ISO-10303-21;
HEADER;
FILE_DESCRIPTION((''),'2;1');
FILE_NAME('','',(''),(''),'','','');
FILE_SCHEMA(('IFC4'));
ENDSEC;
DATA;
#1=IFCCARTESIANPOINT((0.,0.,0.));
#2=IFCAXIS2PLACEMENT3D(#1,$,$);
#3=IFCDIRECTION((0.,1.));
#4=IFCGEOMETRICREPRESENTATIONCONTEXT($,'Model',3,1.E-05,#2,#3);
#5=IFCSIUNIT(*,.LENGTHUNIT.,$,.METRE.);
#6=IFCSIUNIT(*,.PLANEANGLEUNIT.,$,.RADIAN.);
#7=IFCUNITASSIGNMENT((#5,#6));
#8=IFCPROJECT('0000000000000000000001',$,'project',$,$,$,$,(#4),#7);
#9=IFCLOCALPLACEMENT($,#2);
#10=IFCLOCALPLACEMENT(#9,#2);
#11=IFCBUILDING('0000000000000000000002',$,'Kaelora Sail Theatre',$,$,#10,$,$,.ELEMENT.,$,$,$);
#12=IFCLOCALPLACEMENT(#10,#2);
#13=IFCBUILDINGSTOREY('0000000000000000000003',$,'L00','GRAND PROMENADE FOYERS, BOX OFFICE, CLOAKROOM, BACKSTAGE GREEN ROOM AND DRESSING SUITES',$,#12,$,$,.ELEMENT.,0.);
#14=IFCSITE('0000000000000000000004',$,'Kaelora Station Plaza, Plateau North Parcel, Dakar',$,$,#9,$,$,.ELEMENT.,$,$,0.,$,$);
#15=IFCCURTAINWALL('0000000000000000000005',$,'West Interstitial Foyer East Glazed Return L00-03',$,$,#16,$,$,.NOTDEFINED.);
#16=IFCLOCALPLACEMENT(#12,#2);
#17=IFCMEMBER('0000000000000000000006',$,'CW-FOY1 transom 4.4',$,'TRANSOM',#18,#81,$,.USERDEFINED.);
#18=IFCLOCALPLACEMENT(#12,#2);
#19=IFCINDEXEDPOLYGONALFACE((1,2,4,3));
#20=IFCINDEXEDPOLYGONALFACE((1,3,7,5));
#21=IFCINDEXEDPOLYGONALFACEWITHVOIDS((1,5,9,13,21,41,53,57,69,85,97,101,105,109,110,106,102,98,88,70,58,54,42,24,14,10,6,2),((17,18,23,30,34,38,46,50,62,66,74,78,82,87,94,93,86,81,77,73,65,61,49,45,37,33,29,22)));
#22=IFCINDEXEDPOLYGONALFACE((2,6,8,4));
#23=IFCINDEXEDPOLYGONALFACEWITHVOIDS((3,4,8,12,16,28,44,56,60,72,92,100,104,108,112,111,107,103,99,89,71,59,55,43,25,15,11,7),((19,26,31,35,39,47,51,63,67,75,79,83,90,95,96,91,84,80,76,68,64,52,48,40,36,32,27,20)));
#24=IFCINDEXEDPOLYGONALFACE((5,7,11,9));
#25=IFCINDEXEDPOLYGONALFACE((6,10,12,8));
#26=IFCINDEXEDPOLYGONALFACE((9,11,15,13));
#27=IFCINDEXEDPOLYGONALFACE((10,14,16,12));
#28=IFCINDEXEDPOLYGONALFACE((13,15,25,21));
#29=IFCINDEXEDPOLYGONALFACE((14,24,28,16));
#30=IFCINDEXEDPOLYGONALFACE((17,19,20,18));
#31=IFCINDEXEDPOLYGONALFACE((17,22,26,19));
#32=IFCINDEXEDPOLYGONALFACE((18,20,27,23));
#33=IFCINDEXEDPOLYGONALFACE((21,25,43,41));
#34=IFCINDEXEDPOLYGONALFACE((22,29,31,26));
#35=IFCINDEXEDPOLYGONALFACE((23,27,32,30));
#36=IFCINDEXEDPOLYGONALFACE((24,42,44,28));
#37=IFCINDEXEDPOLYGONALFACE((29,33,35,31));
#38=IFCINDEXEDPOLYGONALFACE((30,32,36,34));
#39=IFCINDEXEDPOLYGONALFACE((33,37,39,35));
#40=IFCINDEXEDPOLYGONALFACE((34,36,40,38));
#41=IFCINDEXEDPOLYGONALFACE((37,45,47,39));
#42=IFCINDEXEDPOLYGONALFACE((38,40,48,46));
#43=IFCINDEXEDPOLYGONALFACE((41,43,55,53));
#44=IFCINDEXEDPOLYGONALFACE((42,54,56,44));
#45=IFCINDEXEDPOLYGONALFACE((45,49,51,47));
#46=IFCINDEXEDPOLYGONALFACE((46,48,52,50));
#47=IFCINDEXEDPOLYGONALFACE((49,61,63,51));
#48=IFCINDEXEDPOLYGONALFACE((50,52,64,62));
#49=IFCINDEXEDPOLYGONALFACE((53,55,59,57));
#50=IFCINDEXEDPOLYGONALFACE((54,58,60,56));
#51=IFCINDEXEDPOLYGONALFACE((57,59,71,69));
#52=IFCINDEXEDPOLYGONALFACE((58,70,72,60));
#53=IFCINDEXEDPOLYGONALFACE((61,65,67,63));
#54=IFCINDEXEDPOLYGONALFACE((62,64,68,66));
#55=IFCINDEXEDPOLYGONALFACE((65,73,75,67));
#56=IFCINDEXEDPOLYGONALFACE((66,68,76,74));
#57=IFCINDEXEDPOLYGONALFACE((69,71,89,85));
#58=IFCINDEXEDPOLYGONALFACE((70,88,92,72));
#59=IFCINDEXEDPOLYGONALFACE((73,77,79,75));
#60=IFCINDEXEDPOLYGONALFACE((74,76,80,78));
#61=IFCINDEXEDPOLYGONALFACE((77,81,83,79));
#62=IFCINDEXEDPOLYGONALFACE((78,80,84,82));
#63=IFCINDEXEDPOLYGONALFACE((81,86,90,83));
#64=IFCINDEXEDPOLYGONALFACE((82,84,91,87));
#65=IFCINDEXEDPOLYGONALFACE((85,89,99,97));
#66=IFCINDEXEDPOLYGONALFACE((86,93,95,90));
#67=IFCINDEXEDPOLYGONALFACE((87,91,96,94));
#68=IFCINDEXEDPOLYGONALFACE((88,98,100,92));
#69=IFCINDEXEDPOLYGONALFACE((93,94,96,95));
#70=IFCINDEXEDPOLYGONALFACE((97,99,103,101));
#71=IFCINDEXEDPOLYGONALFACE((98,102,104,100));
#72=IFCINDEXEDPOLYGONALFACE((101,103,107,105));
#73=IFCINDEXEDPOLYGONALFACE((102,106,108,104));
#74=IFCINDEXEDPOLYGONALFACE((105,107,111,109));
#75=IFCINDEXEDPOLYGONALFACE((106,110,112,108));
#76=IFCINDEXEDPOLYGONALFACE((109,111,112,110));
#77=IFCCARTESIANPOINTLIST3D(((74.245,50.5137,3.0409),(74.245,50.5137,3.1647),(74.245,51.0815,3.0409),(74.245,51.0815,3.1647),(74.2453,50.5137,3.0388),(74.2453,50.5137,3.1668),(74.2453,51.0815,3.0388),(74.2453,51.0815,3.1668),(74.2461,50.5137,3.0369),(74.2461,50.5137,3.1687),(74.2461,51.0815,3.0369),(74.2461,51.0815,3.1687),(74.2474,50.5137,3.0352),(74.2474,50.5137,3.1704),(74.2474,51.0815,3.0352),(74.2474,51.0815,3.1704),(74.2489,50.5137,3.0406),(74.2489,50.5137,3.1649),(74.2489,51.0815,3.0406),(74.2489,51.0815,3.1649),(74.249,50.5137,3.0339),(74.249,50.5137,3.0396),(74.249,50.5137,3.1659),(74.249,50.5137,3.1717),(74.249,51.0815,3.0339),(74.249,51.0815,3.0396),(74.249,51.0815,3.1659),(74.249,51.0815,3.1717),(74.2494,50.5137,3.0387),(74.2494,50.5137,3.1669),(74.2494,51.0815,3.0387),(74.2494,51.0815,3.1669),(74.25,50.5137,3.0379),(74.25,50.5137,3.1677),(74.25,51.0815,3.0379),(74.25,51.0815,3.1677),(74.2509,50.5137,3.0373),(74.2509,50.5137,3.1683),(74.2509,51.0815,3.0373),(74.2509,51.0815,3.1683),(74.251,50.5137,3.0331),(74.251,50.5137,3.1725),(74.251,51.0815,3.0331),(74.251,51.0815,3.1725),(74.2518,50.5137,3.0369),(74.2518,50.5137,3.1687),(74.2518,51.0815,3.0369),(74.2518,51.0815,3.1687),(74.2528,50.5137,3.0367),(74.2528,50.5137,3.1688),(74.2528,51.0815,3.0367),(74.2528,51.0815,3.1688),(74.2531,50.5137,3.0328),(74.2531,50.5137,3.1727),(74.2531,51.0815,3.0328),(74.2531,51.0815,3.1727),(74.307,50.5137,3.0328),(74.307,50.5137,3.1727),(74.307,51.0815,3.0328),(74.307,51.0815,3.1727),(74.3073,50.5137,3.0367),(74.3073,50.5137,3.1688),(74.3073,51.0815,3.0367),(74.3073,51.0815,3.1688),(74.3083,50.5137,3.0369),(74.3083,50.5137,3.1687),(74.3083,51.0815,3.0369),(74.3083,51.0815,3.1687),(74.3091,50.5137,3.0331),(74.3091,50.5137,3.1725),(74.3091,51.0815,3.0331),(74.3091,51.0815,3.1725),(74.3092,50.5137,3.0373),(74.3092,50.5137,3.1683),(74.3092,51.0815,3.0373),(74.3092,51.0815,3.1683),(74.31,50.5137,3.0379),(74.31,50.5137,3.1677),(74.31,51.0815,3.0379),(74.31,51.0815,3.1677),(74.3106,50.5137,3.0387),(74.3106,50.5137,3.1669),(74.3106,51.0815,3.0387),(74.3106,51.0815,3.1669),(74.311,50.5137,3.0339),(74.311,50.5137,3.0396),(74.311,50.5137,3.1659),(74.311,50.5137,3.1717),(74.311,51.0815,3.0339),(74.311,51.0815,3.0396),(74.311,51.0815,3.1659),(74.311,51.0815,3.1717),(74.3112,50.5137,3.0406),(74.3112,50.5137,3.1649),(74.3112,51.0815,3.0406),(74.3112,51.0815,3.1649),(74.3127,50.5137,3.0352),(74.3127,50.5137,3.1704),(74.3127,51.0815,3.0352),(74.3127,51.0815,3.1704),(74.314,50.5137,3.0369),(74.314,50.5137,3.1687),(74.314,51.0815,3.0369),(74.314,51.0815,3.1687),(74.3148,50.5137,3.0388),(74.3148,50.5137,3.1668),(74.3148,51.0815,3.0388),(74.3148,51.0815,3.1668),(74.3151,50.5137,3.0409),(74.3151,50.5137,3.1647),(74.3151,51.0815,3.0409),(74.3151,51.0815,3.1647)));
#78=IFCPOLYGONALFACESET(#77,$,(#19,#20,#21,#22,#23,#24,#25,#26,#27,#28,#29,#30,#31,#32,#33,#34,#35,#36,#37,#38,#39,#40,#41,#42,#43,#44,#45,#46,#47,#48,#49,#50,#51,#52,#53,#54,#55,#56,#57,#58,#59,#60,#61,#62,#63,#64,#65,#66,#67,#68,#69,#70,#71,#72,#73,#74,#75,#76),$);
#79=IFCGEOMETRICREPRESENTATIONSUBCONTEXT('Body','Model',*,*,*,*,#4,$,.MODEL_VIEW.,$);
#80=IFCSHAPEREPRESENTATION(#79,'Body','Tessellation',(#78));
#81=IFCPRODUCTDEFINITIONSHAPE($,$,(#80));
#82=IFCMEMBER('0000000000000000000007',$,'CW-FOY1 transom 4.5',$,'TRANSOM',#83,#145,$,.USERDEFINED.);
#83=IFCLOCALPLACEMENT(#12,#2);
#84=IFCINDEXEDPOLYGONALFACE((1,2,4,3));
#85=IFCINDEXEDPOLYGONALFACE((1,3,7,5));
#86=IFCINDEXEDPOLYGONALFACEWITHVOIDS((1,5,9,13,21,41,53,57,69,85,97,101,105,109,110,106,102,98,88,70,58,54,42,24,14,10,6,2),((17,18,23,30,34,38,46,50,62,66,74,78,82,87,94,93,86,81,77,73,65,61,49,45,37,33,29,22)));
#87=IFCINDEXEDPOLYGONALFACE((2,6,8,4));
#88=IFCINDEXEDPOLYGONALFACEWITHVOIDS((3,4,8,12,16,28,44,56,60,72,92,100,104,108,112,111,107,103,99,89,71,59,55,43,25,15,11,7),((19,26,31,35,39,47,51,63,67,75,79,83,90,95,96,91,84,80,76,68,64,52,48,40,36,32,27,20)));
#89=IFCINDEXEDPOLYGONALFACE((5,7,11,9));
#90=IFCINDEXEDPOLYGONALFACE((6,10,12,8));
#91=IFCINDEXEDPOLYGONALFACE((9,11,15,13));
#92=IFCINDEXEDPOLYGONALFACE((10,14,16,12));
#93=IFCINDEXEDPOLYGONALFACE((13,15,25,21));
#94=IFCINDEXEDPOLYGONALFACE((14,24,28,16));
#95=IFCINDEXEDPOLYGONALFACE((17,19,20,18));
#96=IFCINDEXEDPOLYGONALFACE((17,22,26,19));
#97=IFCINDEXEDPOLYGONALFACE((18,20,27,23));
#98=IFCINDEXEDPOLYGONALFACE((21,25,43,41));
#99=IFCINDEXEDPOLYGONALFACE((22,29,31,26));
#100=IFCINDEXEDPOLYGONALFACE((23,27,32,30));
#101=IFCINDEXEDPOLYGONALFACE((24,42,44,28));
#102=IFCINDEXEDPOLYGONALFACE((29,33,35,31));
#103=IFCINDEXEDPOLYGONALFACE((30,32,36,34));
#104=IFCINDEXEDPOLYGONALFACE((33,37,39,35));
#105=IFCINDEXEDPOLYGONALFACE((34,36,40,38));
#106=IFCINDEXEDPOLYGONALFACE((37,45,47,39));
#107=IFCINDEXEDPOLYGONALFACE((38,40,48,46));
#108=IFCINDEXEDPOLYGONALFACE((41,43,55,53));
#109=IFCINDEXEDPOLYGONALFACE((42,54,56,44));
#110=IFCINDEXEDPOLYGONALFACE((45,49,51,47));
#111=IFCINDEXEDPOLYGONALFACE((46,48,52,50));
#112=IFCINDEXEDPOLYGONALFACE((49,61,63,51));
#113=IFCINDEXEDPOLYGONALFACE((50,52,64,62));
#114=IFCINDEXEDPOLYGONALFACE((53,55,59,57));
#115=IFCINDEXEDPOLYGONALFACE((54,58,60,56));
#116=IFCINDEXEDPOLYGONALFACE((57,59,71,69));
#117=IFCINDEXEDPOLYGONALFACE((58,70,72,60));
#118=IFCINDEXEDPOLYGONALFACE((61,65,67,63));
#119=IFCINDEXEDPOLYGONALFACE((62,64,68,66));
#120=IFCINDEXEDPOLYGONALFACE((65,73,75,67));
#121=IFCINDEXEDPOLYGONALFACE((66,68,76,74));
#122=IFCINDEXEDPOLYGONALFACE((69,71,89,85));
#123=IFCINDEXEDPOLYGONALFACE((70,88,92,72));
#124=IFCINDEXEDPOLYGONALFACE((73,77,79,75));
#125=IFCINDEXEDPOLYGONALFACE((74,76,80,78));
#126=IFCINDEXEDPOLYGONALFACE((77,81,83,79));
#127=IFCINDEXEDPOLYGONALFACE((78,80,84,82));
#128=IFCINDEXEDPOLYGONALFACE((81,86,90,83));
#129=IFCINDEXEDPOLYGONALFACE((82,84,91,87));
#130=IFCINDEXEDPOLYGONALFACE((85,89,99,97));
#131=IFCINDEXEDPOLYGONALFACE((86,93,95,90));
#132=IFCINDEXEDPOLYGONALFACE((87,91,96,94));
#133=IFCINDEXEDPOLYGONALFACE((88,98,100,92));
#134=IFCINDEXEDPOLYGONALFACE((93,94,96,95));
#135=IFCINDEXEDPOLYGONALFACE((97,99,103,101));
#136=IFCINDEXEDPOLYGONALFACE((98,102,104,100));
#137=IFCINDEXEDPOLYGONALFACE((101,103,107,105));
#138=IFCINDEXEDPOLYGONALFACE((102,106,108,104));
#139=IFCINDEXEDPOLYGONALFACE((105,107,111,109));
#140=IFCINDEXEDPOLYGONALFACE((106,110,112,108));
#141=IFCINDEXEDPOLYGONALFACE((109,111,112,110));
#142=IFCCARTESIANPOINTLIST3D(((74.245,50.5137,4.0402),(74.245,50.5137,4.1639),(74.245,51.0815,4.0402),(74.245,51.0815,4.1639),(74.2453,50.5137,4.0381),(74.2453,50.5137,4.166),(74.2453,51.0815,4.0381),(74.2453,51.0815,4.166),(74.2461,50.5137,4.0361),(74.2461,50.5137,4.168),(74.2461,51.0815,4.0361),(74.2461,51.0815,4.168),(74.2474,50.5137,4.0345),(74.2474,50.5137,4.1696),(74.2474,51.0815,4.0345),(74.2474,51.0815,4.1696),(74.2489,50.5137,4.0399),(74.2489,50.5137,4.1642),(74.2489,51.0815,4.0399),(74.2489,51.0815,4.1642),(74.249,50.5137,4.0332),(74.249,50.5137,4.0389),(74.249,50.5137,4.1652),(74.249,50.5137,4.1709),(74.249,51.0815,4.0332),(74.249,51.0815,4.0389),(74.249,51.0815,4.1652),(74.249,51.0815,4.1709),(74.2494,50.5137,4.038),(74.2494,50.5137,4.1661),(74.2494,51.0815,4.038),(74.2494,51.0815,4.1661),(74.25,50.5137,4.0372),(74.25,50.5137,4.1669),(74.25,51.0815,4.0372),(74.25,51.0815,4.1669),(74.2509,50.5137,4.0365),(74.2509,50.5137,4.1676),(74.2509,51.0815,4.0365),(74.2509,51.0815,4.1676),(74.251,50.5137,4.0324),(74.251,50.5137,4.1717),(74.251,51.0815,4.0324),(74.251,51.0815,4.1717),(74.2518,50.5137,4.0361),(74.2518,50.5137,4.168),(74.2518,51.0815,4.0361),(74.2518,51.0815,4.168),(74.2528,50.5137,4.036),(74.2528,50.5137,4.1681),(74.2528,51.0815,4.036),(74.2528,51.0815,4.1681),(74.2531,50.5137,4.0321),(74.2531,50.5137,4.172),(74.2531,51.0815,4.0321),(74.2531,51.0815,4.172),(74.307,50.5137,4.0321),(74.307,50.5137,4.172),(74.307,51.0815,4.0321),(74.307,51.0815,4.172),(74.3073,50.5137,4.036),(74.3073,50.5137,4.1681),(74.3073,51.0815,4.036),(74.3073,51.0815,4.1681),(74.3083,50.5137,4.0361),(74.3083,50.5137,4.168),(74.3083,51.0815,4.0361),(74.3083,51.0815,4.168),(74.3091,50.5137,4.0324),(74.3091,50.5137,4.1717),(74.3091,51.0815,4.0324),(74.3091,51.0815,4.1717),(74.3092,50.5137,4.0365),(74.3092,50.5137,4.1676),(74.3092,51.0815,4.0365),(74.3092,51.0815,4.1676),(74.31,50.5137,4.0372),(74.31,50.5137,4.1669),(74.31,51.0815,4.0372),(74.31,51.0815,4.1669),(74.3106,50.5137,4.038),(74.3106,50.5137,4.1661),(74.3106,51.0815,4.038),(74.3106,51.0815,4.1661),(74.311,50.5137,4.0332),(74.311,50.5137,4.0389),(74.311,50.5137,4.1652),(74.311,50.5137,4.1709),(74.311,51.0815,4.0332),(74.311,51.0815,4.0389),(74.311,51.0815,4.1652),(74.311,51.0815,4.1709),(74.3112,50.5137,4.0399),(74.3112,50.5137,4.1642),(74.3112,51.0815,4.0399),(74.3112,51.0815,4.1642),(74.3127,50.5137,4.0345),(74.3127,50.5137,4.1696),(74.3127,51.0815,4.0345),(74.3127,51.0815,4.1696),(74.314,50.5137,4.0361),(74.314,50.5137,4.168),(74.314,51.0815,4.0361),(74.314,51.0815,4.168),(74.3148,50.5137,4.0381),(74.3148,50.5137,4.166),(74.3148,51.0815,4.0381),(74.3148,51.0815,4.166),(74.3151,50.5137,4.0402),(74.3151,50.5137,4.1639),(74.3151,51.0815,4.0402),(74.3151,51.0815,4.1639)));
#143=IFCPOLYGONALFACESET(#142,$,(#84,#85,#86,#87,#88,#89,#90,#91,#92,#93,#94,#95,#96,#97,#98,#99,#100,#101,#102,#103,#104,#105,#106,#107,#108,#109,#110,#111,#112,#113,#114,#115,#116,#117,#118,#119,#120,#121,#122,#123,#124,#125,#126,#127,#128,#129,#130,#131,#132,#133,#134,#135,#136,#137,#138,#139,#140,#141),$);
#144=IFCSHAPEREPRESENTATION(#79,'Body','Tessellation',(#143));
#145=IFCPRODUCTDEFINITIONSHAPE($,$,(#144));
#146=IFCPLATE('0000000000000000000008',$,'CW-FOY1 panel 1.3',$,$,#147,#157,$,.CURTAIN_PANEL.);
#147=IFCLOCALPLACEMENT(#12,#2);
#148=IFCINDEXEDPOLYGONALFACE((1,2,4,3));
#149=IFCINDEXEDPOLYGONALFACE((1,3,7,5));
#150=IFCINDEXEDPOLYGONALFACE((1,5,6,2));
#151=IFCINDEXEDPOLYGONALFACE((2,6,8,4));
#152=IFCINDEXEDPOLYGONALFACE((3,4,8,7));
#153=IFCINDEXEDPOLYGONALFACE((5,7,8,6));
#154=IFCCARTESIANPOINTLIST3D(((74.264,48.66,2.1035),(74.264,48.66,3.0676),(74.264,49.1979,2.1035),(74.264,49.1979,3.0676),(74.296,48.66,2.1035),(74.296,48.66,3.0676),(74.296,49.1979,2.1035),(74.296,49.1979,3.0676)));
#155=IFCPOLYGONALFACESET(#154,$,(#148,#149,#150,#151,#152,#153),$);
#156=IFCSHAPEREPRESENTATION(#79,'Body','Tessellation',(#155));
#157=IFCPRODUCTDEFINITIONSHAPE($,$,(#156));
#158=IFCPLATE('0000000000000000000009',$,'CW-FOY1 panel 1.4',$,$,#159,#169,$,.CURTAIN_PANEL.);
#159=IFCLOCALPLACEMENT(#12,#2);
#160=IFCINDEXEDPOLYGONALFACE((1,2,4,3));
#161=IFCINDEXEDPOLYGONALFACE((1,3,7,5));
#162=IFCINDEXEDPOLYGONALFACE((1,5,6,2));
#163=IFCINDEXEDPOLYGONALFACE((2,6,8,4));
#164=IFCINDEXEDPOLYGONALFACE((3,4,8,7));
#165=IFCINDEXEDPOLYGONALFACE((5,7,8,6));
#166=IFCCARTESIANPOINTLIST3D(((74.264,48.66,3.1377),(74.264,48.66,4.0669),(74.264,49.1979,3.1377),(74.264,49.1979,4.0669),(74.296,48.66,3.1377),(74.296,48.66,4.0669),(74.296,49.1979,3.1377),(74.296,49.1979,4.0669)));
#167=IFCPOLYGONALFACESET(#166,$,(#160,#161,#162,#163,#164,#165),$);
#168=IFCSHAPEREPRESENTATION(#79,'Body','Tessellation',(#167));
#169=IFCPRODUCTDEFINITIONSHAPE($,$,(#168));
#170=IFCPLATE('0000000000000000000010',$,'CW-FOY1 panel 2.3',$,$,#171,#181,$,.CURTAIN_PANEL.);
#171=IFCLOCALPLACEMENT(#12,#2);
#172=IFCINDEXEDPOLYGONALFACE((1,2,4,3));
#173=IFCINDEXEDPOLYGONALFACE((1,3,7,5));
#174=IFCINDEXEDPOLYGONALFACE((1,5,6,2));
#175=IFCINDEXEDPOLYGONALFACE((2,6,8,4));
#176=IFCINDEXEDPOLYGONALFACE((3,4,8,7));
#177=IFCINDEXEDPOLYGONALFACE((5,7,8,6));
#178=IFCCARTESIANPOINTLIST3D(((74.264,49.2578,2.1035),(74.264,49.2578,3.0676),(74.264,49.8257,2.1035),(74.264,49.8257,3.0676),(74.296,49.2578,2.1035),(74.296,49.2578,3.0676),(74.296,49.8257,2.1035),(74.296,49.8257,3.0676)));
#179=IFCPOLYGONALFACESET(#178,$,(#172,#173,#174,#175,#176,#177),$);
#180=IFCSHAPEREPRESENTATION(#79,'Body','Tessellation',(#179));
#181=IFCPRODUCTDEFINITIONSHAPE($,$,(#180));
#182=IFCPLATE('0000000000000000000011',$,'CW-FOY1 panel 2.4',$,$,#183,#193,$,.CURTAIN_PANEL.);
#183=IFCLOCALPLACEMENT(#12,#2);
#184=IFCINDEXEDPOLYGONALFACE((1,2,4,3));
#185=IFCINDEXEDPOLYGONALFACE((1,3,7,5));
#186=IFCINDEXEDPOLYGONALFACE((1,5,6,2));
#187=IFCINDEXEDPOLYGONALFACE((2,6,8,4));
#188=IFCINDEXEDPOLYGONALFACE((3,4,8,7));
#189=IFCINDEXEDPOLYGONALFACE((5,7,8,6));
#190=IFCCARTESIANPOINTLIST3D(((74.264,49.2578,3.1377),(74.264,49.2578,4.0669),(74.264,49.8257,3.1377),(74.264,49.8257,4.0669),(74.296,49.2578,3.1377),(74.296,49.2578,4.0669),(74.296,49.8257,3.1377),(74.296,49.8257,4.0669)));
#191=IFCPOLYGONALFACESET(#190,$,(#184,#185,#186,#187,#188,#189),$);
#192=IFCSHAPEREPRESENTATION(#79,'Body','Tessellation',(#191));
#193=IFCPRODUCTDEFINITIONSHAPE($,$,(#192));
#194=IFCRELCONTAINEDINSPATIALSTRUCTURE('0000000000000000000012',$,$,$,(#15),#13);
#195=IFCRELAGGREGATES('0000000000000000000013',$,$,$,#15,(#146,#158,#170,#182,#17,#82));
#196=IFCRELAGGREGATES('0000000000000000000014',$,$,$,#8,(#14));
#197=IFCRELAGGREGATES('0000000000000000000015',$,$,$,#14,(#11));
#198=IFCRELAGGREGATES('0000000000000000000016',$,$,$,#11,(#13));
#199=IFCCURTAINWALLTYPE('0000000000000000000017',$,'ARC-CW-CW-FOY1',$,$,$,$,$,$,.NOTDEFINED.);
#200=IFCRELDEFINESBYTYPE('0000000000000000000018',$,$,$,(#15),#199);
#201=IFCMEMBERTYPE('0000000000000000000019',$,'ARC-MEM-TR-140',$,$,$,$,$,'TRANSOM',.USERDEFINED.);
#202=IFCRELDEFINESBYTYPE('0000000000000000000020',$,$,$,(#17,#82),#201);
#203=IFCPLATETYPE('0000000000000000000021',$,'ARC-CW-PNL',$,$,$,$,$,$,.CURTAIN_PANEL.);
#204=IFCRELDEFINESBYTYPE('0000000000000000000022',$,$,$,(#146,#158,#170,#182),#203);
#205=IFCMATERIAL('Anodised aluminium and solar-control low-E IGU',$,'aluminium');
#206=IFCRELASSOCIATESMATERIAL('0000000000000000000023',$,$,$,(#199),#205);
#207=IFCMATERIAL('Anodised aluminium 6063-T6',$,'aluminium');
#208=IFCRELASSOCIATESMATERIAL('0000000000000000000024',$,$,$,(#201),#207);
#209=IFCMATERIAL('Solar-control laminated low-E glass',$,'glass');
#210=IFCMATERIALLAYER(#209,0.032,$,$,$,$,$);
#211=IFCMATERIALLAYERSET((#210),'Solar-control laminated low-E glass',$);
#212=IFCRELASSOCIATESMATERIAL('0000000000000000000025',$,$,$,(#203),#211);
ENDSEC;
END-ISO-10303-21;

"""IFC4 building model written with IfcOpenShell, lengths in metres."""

from ifc_helpers import new_model, si_unit, direction, frame, origin, origin_2d, place, context, subcontext, project, spatial, rectangle, hollow_rectangle, extrude, material, layer, layer_set, material_profile, profile_set, type_object, element, aggregate, save


model = new_model("IFC4")

# Units and contexts
model_context = context("Model", 3, precision=1e-05, world=origin(), true_north=direction((0.0, 1.0)))
body_context = subcontext(model_context, "Body", "Model", "MODEL_VIEW")
ifc_project = project(units=[si_unit("LENGTHUNIT", "METRE"), si_unit("PLANEANGLEUNIT", "RADIAN")], contexts=[model_context])

# Site, building, storey
site_placement = place(None, origin())
site = spatial("IfcSite", under=ifc_project, at=site_placement, Name="Kaelora Station Plaza, Plateau North Parcel, Dakar", CompositionType="ELEMENT", RefElevation=0.0)
building_placement = place(site_placement, origin())
building = spatial("IfcBuilding", under=site, at=building_placement, Name="Kaelora Sail Theatre", CompositionType="ELEMENT")
storey_placement = place(building_placement, origin())
storey = spatial("IfcBuildingStorey", under=building, at=storey_placement, Name="L00", Description="GRAND PROMENADE FOYERS, BOX OFFICE, CLOAKROOM, BACKSTAGE GREEN ROOM AND DRESSING SUITES", CompositionType="ELEMENT", Elevation=0.0)

# Curtain wall, members, plates
ifc_material_1 = material(Name="Anodised aluminium and solar-control low-E IGU", Category="aluminium")
curtain_wall_type = type_object("IfcCurtainWallType", Name="ARC-CW-CW-FOY1", PredefinedType="NOTDEFINED", material=ifc_material_1)
curtain_wall_placement = place(storey_placement, origin())
curtain_wall = element("IfcCurtainWall", 1, at=curtain_wall_placement, inside=storey, type_object=curtain_wall_type, Name="West Interstitial Foyer East Glazed Return L00-03", PredefinedType="NOTDEFINED")
ifc_material_2 = material(Name="Anodised aluminium 6063-T6", Category="aluminium")
ifc_material_profile_1 = material_profile(ifc_material_2, hollow_rectangle(XDim=0.0701, YDim=0.1399, WallThickness=0.0039, InnerFilletRadius=0.0039, OuterFilletRadius=0.0081, at=origin_2d()), Name="ALU-TRAN 70x140x4")
ifc_profile_set_1 = profile_set([ifc_material_profile_1], Name="Anodised aluminium 6063-T6")
member_type_1 = type_object("IfcMemberType", Name="ARC-MEM-TR-140", ElementType="TRANSOM", PredefinedType="USERDEFINED", material=ifc_profile_set_1)
member_1_placement = place(storey_placement, frame((74.28, 50.5137, 3.1028), z_axis=(0.0, 1.0, 0.0), x_axis=(-1.0, 0.0, 0.0)))
member_1 = element("IfcMember", 2, at=member_1_placement, type_object=member_type_1, Name="CW-FOY1 transom 4.4", ObjectType="TRANSOM", PredefinedType="USERDEFINED", context=body_context, shape_type="SweptSolid", body=[
    extrude(hollow_rectangle(XDim=0.0701, YDim=0.1399, WallThickness=0.0039, InnerFilletRadius=0.0039, OuterFilletRadius=0.0081, at=origin_2d()), origin(), (0.0, 0.0, 1.0), 0.5679),
])
member_2_placement = place(storey_placement, frame((74.28, 50.5137, 4.1021), z_axis=(0.0, 1.0, 0.0), x_axis=(-1.0, 0.0, 0.0)))
member_2 = element("IfcMember", 3, at=member_2_placement, type_object=member_type_1, Name="CW-FOY1 transom 4.5", ObjectType="TRANSOM", PredefinedType="USERDEFINED", context=body_context, shape_type="SweptSolid", body=[
    extrude(hollow_rectangle(XDim=0.0701, YDim=0.1399, WallThickness=0.0039, InnerFilletRadius=0.0039, OuterFilletRadius=0.0081, at=origin_2d()), origin(), (0.0, 0.0, 1.0), 0.5679),
])
ifc_material_3 = material(Name="Solar-control laminated low-E glass", Category="glass")
ifc_layer = layer(ifc_material_3, 0.032)
ifc_layer_set = layer_set([ifc_layer], Name="Solar-control laminated low-E glass")
plate_type = type_object("IfcPlateType", Name="ARC-CW-PNL", PredefinedType="CURTAIN_PANEL", material=ifc_layer_set)
plate_1_placement = place(storey_placement, frame((74.28, 48.929, 2.1035), z_axis=(0.0, 0.0, 1.0), x_axis=(0.0, 1.0, 0.0)))
plate_1 = element("IfcPlate", 4, at=plate_1_placement, type_object=plate_type, Name="CW-FOY1 panel 1.3", PredefinedType="CURTAIN_PANEL", context=body_context, shape_type="SweptSolid", body=[
    extrude(rectangle(XDim=0.5378, YDim=0.032, at=origin_2d()), origin(), (0.0, 0.0, 1.0), 0.9641),
])
plate_2_placement = place(storey_placement, frame((74.28, 48.929, 3.1377), z_axis=(0.0, 0.0, 1.0), x_axis=(0.0, 1.0, 0.0)))
plate_2 = element("IfcPlate", 5, at=plate_2_placement, type_object=plate_type, Name="CW-FOY1 panel 1.4", PredefinedType="CURTAIN_PANEL", context=body_context, shape_type="SweptSolid", body=[
    extrude(rectangle(XDim=0.5378, YDim=0.032, at=origin_2d()), origin(), (0.0, 0.0, 1.0), 0.9292),
])
plate_3_placement = place(storey_placement, frame((74.28, 49.5417, 2.1035), z_axis=(0.0, 0.0, 1.0), x_axis=(0.0, 1.0, 0.0)))
plate_3 = element("IfcPlate", 6, at=plate_3_placement, type_object=plate_type, Name="CW-FOY1 panel 2.3", PredefinedType="CURTAIN_PANEL", context=body_context, shape_type="SweptSolid", body=[
    extrude(rectangle(XDim=0.5679, YDim=0.032, at=origin_2d()), origin(), (0.0, 0.0, 1.0), 0.9641),
])
plate_4_placement = place(storey_placement, frame((74.28, 49.5417, 3.1377), z_axis=(0.0, 0.0, 1.0), x_axis=(0.0, 1.0, 0.0)))
plate_4 = element("IfcPlate", 7, at=plate_4_placement, type_object=plate_type, Name="CW-FOY1 panel 2.4", PredefinedType="CURTAIN_PANEL", context=body_context, shape_type="SweptSolid", body=[
    extrude(rectangle(XDim=0.5679, YDim=0.032, at=origin_2d()), origin(), (0.0, 0.0, 1.0), 0.9292),
])
aggregate(curtain_wall, [plate_1, plate_2, plate_3, plate_4, member_1, member_2])

save(model, "model.ifc")
